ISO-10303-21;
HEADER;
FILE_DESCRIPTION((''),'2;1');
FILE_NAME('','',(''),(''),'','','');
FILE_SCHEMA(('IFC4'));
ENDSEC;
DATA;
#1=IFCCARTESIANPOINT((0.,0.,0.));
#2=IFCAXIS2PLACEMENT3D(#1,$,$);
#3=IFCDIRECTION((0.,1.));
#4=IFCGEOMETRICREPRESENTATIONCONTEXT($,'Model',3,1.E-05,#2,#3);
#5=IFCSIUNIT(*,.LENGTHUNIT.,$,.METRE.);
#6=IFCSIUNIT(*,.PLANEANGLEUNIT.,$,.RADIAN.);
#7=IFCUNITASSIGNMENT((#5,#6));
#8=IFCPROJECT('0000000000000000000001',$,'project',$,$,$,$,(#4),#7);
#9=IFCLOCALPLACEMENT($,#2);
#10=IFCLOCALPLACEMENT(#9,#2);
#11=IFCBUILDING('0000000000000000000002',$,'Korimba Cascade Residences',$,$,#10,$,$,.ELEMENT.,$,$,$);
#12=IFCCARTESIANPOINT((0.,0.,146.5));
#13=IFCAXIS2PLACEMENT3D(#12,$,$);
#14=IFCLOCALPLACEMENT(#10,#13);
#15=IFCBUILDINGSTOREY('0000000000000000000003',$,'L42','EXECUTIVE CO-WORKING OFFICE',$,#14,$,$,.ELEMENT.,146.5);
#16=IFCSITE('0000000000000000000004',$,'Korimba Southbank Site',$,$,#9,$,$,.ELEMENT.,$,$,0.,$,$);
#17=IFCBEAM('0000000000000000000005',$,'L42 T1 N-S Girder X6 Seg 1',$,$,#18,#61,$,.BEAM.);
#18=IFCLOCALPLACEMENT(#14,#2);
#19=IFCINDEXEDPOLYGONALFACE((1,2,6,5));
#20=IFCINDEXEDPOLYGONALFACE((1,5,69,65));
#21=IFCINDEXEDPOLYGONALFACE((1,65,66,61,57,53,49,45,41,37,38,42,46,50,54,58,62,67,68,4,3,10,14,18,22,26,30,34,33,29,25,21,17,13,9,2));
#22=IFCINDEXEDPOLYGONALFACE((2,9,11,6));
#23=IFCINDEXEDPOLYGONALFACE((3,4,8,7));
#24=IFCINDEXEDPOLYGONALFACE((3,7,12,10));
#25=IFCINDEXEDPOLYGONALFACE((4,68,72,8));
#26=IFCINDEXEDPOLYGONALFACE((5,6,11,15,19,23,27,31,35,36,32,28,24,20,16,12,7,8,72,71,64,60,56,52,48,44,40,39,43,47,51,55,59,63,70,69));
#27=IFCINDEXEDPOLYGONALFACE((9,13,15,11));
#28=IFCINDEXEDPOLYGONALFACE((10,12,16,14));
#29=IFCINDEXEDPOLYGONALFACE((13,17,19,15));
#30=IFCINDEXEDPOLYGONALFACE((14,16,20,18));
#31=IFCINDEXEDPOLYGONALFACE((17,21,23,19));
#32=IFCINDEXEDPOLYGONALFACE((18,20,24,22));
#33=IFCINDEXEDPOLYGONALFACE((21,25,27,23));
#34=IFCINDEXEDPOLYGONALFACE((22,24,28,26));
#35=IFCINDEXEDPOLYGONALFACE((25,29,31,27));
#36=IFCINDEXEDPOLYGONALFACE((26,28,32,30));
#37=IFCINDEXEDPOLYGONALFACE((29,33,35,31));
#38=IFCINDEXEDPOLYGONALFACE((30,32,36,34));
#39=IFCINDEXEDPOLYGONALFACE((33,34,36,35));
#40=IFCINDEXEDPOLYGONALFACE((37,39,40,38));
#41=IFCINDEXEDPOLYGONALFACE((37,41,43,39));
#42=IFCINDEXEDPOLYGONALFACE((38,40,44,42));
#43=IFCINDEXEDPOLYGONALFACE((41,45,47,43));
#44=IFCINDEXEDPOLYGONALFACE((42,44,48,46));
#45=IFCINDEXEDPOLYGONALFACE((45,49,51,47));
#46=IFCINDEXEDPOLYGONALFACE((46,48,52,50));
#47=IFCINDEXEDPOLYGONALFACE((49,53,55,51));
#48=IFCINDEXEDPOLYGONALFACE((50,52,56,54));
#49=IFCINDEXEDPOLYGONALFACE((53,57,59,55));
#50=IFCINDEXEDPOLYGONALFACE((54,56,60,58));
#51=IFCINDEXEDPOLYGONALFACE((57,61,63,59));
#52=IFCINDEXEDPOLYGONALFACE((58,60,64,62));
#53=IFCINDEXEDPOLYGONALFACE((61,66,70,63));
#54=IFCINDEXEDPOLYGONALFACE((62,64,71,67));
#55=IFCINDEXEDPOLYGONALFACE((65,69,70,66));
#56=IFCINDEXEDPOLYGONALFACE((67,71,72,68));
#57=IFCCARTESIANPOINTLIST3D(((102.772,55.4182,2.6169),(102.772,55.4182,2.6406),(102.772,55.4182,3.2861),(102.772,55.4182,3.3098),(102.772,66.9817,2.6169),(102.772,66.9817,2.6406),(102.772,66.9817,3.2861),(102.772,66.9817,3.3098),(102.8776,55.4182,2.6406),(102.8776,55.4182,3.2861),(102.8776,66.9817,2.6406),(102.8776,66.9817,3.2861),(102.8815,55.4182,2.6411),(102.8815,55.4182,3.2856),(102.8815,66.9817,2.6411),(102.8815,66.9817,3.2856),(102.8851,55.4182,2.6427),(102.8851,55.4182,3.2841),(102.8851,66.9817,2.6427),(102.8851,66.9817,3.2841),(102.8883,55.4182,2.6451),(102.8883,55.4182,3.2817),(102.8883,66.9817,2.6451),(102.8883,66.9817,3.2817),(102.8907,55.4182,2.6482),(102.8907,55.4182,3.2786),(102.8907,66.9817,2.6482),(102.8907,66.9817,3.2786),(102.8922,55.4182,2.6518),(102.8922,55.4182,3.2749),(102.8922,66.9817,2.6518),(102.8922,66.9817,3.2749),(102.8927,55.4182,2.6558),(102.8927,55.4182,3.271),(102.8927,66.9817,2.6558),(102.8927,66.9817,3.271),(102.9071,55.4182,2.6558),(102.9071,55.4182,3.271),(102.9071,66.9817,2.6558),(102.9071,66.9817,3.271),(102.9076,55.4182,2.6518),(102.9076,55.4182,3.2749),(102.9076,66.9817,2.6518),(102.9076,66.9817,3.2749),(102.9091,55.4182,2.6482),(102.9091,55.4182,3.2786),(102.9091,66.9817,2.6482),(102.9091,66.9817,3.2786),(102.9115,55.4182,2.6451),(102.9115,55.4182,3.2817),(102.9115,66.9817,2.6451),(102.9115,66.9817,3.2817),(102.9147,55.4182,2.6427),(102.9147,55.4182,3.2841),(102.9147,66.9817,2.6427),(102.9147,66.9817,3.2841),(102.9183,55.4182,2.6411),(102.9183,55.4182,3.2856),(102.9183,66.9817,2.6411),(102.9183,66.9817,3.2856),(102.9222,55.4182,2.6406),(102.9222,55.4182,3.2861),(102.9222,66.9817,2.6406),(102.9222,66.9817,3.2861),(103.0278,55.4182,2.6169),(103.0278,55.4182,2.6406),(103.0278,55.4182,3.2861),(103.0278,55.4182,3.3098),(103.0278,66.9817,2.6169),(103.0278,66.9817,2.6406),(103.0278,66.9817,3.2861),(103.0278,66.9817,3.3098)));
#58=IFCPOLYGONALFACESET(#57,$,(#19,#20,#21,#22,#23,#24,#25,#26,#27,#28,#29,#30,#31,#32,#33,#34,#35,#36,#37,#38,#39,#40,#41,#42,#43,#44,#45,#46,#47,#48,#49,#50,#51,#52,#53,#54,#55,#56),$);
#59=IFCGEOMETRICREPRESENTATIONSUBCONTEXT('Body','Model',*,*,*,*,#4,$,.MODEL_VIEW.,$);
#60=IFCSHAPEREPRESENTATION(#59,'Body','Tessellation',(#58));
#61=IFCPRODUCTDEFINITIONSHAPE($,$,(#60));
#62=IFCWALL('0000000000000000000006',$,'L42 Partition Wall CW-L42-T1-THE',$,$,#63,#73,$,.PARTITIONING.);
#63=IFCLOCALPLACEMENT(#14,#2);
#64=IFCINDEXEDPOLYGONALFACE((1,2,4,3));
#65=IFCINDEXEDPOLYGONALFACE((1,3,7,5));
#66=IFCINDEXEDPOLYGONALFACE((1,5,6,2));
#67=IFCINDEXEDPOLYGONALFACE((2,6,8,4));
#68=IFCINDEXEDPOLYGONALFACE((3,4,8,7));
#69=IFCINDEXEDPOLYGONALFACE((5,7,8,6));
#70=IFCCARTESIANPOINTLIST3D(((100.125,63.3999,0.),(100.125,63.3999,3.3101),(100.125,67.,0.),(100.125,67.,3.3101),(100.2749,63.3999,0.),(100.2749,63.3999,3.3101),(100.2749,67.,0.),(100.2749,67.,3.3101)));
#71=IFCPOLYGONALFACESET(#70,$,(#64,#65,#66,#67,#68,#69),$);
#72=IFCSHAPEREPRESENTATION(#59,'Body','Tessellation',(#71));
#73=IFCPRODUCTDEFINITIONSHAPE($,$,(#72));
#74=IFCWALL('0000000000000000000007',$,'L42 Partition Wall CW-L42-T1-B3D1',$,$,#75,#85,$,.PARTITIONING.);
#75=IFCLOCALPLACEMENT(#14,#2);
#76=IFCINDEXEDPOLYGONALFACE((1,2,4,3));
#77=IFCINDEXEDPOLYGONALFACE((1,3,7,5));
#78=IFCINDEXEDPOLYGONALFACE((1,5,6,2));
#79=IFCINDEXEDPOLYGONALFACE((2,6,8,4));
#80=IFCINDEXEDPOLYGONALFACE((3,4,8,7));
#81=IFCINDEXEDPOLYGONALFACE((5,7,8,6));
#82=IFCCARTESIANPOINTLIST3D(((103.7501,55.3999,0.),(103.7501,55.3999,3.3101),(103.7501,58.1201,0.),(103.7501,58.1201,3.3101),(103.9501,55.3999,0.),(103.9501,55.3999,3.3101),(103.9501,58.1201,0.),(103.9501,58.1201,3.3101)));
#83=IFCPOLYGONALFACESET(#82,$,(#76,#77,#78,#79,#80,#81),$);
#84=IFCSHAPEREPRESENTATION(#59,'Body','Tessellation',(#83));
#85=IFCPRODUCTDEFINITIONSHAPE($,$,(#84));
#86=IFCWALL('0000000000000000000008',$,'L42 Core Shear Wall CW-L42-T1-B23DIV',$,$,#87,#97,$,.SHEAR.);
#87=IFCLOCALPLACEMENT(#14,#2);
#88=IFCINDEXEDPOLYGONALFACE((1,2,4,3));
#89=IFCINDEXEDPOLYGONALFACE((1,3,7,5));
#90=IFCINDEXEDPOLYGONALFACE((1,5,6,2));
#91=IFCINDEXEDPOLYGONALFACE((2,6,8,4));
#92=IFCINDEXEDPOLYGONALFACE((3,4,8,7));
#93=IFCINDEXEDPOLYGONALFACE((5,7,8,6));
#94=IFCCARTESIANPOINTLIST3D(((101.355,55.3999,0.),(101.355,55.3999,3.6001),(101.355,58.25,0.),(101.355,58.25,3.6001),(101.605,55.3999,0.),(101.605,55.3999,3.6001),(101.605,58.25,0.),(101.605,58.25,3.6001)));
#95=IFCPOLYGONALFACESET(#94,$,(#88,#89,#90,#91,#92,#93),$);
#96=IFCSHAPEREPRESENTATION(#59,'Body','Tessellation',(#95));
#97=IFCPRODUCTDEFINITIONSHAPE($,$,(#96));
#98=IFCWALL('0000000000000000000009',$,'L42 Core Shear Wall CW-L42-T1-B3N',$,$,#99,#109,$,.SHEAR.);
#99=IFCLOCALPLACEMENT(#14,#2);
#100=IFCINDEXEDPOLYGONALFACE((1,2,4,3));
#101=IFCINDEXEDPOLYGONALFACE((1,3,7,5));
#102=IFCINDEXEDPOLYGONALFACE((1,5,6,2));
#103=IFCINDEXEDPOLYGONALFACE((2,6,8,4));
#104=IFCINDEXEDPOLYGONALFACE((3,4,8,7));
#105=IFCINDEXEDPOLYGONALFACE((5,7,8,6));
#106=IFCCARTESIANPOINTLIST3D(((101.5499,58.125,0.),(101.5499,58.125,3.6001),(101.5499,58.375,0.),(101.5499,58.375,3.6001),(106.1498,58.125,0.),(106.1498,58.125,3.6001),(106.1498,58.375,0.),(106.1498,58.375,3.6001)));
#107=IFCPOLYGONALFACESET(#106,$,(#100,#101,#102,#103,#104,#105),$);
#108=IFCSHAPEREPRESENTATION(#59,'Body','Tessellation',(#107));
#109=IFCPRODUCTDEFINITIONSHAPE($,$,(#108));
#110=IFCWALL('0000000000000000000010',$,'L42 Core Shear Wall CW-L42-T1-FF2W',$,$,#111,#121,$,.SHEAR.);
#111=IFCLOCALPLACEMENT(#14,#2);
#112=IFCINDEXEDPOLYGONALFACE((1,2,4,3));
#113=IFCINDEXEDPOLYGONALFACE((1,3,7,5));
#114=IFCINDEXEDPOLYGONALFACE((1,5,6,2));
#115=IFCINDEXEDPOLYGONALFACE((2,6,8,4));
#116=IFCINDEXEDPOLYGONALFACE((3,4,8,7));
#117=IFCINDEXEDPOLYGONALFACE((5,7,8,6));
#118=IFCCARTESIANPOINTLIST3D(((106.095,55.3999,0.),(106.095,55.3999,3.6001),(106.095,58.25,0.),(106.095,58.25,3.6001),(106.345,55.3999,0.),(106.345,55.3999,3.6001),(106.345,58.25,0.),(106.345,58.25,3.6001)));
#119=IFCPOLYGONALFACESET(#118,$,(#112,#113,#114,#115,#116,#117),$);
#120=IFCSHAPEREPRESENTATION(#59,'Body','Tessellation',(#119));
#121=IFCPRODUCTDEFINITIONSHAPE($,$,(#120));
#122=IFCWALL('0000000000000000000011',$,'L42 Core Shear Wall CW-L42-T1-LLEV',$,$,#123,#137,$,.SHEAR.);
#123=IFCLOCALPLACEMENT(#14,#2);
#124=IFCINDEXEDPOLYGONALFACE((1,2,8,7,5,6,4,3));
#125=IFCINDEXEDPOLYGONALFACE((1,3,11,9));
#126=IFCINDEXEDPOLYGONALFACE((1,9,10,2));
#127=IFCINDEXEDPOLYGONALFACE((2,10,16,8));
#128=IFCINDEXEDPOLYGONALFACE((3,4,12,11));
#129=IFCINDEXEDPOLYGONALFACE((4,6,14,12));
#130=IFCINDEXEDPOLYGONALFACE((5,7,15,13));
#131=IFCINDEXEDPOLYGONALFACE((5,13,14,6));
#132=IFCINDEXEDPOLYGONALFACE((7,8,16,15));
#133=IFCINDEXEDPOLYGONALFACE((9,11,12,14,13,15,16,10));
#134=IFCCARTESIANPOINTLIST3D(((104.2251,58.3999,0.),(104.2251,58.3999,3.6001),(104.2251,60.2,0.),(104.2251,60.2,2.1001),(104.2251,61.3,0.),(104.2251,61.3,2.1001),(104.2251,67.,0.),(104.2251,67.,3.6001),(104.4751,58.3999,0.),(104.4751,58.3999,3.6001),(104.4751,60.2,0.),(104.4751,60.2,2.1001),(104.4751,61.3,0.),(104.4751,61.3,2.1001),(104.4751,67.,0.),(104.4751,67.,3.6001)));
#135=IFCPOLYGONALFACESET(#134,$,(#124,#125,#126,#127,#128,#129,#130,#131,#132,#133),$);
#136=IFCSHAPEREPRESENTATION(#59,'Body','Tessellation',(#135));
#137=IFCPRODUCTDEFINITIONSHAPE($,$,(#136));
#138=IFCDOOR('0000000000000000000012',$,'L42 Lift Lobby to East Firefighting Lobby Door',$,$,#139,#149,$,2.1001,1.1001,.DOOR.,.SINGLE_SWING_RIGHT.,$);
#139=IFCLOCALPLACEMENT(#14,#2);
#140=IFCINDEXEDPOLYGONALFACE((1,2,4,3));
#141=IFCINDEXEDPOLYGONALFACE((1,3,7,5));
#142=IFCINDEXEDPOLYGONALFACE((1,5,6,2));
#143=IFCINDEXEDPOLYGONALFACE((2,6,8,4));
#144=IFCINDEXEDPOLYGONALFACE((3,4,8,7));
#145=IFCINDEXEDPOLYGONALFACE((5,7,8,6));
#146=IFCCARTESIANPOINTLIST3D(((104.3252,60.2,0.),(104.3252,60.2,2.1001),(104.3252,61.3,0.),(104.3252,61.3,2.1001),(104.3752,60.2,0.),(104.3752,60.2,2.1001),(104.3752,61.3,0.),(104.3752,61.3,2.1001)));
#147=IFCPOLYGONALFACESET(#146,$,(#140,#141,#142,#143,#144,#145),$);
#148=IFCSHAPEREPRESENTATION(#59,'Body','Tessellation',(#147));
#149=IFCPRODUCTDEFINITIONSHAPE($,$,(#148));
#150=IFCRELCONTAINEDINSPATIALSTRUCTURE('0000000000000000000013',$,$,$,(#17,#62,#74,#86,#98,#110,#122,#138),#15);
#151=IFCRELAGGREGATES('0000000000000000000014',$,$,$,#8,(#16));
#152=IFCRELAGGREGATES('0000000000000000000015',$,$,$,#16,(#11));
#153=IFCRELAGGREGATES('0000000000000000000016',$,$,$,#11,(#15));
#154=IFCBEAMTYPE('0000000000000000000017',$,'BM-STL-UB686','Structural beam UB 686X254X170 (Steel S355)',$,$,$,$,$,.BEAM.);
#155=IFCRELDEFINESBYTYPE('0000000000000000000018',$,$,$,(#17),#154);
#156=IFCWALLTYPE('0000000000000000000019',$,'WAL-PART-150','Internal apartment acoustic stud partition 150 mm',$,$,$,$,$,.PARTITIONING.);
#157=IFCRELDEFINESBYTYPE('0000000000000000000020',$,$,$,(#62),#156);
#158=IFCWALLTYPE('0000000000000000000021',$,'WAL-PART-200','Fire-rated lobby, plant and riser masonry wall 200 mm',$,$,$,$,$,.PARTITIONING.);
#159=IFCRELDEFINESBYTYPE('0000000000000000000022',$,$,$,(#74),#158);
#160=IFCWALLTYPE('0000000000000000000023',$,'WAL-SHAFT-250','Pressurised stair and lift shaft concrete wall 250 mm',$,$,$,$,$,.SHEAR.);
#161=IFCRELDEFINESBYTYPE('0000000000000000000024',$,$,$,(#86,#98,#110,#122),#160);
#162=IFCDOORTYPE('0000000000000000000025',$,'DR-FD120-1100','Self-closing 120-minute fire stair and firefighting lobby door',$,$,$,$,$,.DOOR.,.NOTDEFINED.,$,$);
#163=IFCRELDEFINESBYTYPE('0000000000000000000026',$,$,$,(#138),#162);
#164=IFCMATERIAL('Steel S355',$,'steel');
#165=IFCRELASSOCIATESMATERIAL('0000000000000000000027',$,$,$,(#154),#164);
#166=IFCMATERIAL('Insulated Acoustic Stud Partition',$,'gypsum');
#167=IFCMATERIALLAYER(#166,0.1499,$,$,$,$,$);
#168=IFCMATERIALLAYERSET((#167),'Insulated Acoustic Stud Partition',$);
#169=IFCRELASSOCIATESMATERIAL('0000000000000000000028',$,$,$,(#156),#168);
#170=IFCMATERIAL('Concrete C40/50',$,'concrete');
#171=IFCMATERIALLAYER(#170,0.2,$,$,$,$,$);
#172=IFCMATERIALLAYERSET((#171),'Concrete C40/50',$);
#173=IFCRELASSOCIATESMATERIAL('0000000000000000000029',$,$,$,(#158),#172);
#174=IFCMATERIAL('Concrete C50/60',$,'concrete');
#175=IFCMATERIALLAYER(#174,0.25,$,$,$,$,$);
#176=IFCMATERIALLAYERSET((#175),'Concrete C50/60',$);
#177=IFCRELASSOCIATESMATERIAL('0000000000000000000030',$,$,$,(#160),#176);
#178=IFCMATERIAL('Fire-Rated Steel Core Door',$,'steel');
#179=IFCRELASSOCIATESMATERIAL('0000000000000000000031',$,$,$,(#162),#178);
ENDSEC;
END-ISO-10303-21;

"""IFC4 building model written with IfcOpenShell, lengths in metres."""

from ifc_helpers import new_model, si_unit, direction, frame, frame_2d, origin, origin_2d, place, context, subcontext, project, spatial, rectangle, i_section, extrude, material, layer, layer_set, material_profile, profile_set, type_object, element, fill, save


model = new_model("IFC4")

# Units and contexts
model_context = context("Model", 3, precision=1e-05, world=origin(), true_north=direction((0.0, 1.0)))
body_context = subcontext(model_context, "Body", "Model", "MODEL_VIEW")
ifc_project = project(units=[si_unit("LENGTHUNIT", "METRE"), si_unit("PLANEANGLEUNIT", "RADIAN")], contexts=[model_context])

# Site, building, storey
site_placement = place(None, origin())
site = spatial("IfcSite", under=ifc_project, at=site_placement, Name="Korimba Southbank Site", CompositionType="ELEMENT", RefElevation=0.0)
building_placement = place(site_placement, origin())
building = spatial("IfcBuilding", under=site, at=building_placement, Name="Korimba Cascade Residences", CompositionType="ELEMENT")
storey_placement = place(building_placement, frame((0.0, 0.0, 146.5)))
storey = spatial("IfcBuildingStorey", under=building, at=storey_placement, Name="L42", Description="EXECUTIVE CO-WORKING OFFICE", CompositionType="ELEMENT", Elevation=146.5)

# Beam
ifc_material_1 = material(Name="Steel S355", Category="steel")
ifc_material_profile = material_profile(ifc_material_1, i_section(OverallWidth=0.2559, OverallDepth=0.6929, WebThickness=0.0144, FlangeThickness=0.0237, FilletRadius=0.0151, at=origin_2d()), Name="Steel S355")
ifc_profile_set = profile_set([ifc_material_profile], Name="Steel S355")
beam_type = type_object("IfcBeamType", Name="BM-STL-UB686", Description="Structural beam UB 686X254X170 (Steel S355)", PredefinedType="BEAM", material=ifc_profile_set)
beam_placement = place(storey_placement, frame((102.8999, 55.4182, 2.9634), z_axis=(0.0, 1.0, 0.0), x_axis=(-1.0, 0.0, 0.0)))
element("IfcBeam", 1, at=beam_placement, inside=storey, type_object=beam_type, Name="L42 T1 N-S Girder X6 Seg 1", PredefinedType="BEAM", context=body_context, shape_type="SweptSolid", body=[
    extrude(i_section(OverallWidth=0.2559, OverallDepth=0.6929, WebThickness=0.0144, FlangeThickness=0.0237, FilletRadius=0.0151, at=origin_2d()), origin(), (0.0, 0.0, 1.0), 11.5635),
])

# Walls
ifc_material_2 = material(Name="Insulated Acoustic Stud Partition", Category="gypsum")
ifc_layer_1 = layer(ifc_material_2, 0.1499)
ifc_layer_set_1 = layer_set([ifc_layer_1], Name="Insulated Acoustic Stud Partition")
wall_type_1 = type_object("IfcWallType", Name="WAL-PART-150", Description="Internal apartment acoustic stud partition 150 mm", PredefinedType="PARTITIONING", material=ifc_layer_set_1)
wall_1_placement = place(storey_placement, frame((100.2, 63.3999, 0.0), z_axis=(0.0, 0.0, 1.0), x_axis=(0.0, 1.0, 0.0)))
element("IfcWall", 2, at=wall_1_placement, inside=storey, type_object=wall_type_1, Name="L42 Partition Wall CW-L42-T1-THE", PredefinedType="PARTITIONING", context=body_context, shape_type="SweptSolid", body=[
    extrude(rectangle(XDim=3.6001, YDim=0.1499, at=frame_2d((1.8, 0.0))), origin(), (0.0, 0.0, 1.0), 3.3101),
])
ifc_material_3 = material(Name="Concrete C40/50", Category="concrete")
ifc_layer_2 = layer(ifc_material_3, 0.2)
ifc_layer_set_2 = layer_set([ifc_layer_2], Name="Concrete C40/50")
wall_type_2 = type_object("IfcWallType", Name="WAL-PART-200", Description="Fire-rated lobby, plant and riser masonry wall 200 mm", PredefinedType="PARTITIONING", material=ifc_layer_set_2)
wall_2_placement = place(storey_placement, frame((103.8501, 55.3999, 0.0), z_axis=(0.0, 0.0, 1.0), x_axis=(0.0, 1.0, 0.0)))
element("IfcWall", 3, at=wall_2_placement, inside=storey, type_object=wall_type_2, Name="L42 Partition Wall CW-L42-T1-B3D1", PredefinedType="PARTITIONING", context=body_context, shape_type="SweptSolid", body=[
    extrude(rectangle(XDim=2.7202, YDim=0.2, at=frame_2d((1.3601, 0.0))), origin(), (0.0, 0.0, 1.0), 3.3101),
])
ifc_material_4 = material(Name="Concrete C50/60", Category="concrete")
ifc_layer_3 = layer(ifc_material_4, 0.25)
ifc_layer_set_3 = layer_set([ifc_layer_3], Name="Concrete C50/60")
wall_type_3 = type_object("IfcWallType", Name="WAL-SHAFT-250", Description="Pressurised stair and lift shaft concrete wall 250 mm", PredefinedType="SHEAR", material=ifc_layer_set_3)
wall_3_placement = place(storey_placement, frame((101.48, 55.3999, 0.0), z_axis=(0.0, 0.0, 1.0), x_axis=(0.0, 1.0, 0.0)))
element("IfcWall", 4, at=wall_3_placement, inside=storey, type_object=wall_type_3, Name="L42 Core Shear Wall CW-L42-T1-B23DIV", PredefinedType="SHEAR", context=body_context, shape_type="SweptSolid", body=[
    extrude(rectangle(XDim=2.8501, YDim=0.25, at=frame_2d((1.425, 0.0))), origin(), (0.0, 0.0, 1.0), 3.6001),
])
wall_4_placement = place(storey_placement, frame((101.55, 58.25, 0.0), z_axis=(0.0, 0.0, 1.0), x_axis=(1.0, 0.0, 0.0)))
element("IfcWall", 5, at=wall_4_placement, inside=storey, type_object=wall_type_3, Name="L42 Core Shear Wall CW-L42-T1-B3N", PredefinedType="SHEAR", context=body_context, shape_type="SweptSolid", body=[
    extrude(rectangle(XDim=4.5999, YDim=0.25, at=frame_2d((2.2998, 0.0))), origin(), (0.0, 0.0, 1.0), 3.6001),
])
wall_5_placement = place(storey_placement, frame((106.22, 55.3999, 0.0), z_axis=(0.0, 0.0, 1.0), x_axis=(0.0, 1.0, 0.0)))
element("IfcWall", 6, at=wall_5_placement, inside=storey, type_object=wall_type_3, Name="L42 Core Shear Wall CW-L42-T1-FF2W", PredefinedType="SHEAR", context=body_context, shape_type="SweptSolid", body=[
    extrude(rectangle(XDim=2.8501, YDim=0.25, at=frame_2d((1.425, 0.0))), origin(), (0.0, 0.0, 1.0), 3.6001),
])

# Wall, opening, door
wall_6_placement = place(storey_placement, frame((104.3501, 58.3999, 0.0), z_axis=(0.0, 0.0, 1.0), x_axis=(0.0, 1.0, 0.0)))
wall_6 = element("IfcWall", 7, at=wall_6_placement, inside=storey, type_object=wall_type_3, Name="L42 Core Shear Wall CW-L42-T1-LLEV", PredefinedType="SHEAR", context=body_context, shape_type="SweptSolid", body=[
    extrude(rectangle(XDim=8.6001, YDim=0.25, at=frame_2d((4.3, 0.0))), origin(), (0.0, 0.0, 1.0), 3.6001),
])
opening_1_placement = place(wall_6_placement, frame((1.8, 0.0, 0.0)))
opening_1 = element("IfcOpeningElement", 8, at=opening_1_placement, cuts=wall_6, PredefinedType="OPENING", context=body_context, shape_type="SweptSolid", body=[
    extrude(rectangle(XDim=1.1001, YDim=2.1001, at=frame_2d((0.55, 1.05))), frame((0.0, 0.135, 0.0), z_axis=(0.0, -1.0, 0.0), x_axis=(1.0, 0.0, 0.0)), (0.0, 0.0, 1.0), 0.27),
])
ifc_material_5 = material(Name="Fire-Rated Steel Core Door", Category="steel")
door_type_1 = type_object("IfcDoorType", Name="DR-FD120-1100", Description="Self-closing 120-minute fire stair and firefighting lobby door", OperationType="NOTDEFINED", PredefinedType="DOOR", material=ifc_material_5)
door_1_placement = place(opening_1_placement, origin())
door_1 = element("IfcDoor", 9, at=door_1_placement, inside=storey, type_object=door_type_1, Name="L42 Lift Lobby to East Firefighting Lobby Door", OperationType="SINGLE_SWING_RIGHT", OverallHeight=2.1001, OverallWidth=1.1001, PredefinedType="DOOR", context=body_context, shape_type="SweptSolid", body=[
    extrude(rectangle(XDim=1.1001, YDim=2.1001, at=frame_2d((0.55, 1.05))), frame((0.0, 0.0249, 0.0), z_axis=(0.0, -1.0, 0.0), x_axis=(1.0, 0.0, 0.0)), (0.0, 0.0, 1.0), 0.05),
])
fill(opening_1, door_1)

save(model, "model.ifc")
